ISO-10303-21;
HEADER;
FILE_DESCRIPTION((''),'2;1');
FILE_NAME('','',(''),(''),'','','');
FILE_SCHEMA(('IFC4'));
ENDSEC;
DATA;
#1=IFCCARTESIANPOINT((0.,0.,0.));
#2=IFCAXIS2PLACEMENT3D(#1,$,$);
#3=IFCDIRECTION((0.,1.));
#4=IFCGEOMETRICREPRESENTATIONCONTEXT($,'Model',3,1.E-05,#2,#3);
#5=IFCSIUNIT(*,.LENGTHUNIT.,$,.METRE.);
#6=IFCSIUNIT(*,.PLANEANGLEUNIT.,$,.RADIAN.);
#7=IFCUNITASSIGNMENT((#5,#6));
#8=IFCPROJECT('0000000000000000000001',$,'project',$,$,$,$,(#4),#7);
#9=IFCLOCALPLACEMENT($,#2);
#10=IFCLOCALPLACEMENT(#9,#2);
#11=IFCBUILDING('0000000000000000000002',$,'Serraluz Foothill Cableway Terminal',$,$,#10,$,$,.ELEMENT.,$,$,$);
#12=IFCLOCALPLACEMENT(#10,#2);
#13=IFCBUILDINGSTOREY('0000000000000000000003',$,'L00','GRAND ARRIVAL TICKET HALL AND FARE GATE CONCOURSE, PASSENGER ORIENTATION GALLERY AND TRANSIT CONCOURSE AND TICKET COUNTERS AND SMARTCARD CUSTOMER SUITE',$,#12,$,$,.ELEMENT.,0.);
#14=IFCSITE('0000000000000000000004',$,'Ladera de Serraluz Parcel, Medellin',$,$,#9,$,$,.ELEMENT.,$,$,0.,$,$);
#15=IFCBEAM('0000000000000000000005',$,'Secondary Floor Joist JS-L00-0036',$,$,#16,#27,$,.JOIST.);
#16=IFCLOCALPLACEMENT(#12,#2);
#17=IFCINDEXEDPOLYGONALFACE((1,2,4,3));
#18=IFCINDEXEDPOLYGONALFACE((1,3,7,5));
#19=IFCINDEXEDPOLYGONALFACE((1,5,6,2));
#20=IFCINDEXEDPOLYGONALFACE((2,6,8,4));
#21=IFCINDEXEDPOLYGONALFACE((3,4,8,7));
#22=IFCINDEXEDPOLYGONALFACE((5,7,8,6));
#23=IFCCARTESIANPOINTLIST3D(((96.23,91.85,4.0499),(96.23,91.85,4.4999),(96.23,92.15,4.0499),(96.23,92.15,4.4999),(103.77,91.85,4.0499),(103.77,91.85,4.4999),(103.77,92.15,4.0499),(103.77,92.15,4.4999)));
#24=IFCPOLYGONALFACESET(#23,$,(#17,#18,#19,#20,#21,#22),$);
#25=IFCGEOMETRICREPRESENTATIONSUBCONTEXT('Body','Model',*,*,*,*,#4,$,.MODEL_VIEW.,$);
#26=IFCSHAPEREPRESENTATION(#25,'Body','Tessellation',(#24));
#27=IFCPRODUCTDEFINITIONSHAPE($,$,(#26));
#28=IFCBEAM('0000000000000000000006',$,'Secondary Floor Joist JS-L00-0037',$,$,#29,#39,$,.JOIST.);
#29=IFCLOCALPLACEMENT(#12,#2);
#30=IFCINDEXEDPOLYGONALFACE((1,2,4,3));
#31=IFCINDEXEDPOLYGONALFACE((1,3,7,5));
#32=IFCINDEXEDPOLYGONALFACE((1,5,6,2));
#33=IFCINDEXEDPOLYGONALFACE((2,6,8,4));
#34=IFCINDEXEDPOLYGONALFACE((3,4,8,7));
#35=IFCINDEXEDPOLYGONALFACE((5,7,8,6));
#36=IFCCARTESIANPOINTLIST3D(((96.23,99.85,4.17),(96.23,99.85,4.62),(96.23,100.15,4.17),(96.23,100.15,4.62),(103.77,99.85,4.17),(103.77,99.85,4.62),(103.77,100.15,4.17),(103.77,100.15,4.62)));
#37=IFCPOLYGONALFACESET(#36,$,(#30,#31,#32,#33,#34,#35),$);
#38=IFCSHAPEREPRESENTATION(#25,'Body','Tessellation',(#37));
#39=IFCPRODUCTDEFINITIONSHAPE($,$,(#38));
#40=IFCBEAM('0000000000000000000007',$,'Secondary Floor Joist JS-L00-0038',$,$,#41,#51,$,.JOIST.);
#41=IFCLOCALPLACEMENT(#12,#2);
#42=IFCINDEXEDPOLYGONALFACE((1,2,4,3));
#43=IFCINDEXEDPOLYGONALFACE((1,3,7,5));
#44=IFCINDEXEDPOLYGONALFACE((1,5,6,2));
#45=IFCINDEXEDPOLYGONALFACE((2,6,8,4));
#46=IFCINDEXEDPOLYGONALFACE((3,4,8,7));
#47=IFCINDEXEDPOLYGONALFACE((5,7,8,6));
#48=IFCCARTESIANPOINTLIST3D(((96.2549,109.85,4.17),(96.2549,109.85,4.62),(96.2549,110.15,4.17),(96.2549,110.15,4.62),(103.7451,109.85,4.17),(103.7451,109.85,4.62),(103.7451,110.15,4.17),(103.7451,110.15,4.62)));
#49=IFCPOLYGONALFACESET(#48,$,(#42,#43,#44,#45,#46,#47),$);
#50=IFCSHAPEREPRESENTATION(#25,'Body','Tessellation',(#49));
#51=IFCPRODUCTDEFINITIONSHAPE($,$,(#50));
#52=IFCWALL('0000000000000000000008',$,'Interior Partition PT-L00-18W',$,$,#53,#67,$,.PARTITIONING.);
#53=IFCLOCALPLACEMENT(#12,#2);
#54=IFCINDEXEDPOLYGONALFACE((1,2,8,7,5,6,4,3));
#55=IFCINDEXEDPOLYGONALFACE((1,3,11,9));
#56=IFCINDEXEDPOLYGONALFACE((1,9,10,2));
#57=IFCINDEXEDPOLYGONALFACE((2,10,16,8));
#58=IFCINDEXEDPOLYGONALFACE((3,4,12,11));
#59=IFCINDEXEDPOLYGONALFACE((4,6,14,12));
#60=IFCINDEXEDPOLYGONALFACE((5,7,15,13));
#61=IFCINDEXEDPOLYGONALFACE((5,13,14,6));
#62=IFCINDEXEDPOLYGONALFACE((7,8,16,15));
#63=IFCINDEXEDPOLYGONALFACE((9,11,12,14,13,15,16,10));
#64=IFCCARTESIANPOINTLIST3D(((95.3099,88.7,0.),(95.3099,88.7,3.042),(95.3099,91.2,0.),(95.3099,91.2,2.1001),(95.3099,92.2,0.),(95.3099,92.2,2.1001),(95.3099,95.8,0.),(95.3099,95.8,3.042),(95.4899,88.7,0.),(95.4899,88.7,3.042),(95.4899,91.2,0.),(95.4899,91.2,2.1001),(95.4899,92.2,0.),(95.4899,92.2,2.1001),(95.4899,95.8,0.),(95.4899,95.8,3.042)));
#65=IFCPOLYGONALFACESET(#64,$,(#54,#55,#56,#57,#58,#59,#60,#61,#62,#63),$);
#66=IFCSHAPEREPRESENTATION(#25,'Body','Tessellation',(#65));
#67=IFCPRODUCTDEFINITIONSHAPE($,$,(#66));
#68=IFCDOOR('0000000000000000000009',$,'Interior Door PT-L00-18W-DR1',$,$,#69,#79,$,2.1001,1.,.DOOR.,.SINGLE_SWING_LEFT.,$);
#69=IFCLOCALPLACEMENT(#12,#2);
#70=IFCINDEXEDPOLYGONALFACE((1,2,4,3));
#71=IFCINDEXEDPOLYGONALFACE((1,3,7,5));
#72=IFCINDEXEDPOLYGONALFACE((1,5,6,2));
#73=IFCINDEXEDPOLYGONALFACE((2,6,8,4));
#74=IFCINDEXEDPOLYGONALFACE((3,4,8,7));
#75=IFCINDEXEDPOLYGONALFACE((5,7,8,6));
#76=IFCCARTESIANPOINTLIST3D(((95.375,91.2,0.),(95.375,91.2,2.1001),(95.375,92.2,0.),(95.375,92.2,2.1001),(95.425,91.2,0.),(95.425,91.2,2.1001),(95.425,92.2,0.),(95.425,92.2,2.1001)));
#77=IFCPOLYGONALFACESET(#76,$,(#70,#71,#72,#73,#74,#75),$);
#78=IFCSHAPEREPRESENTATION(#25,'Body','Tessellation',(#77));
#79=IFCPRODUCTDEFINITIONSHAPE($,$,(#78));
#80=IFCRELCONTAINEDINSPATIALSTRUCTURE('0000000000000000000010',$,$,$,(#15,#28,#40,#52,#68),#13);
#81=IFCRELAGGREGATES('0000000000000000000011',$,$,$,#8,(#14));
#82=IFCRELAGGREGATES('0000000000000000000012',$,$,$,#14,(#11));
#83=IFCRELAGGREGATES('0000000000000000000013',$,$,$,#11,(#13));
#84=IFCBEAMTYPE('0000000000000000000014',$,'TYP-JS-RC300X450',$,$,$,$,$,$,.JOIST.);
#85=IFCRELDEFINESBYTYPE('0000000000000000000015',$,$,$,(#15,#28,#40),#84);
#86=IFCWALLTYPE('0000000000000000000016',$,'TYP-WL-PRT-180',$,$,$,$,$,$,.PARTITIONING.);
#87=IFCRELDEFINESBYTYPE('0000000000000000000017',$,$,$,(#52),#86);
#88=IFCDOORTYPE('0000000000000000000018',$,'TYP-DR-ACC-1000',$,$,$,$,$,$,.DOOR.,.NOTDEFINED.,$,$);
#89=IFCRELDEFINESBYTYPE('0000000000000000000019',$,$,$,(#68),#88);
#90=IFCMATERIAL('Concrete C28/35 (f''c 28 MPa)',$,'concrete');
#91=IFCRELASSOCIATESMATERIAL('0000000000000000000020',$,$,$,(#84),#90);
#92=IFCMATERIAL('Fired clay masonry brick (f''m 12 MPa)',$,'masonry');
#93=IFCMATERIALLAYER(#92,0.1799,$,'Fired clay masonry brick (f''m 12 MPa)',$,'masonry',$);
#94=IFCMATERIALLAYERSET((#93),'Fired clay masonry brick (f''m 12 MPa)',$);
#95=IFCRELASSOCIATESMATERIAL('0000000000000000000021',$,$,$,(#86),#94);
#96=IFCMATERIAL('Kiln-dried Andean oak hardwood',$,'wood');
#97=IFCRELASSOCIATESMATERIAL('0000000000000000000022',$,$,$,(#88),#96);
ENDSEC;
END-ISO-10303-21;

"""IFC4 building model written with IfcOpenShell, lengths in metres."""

from ifc_helpers import new_model, si_unit, direction, frame, frame_2d, origin, origin_2d, place, context, subcontext, project, spatial, rectangle, extrude, material, layer, layer_set, material_profile, profile_set, type_object, element, fill, save


model = new_model("IFC4")

# Units and contexts
model_context = context("Model", 3, precision=1e-05, world=origin(), true_north=direction((0.0, 1.0)))
body_context = subcontext(model_context, "Body", "Model", "MODEL_VIEW")
ifc_project = project(units=[si_unit("LENGTHUNIT", "METRE"), si_unit("PLANEANGLEUNIT", "RADIAN")], contexts=[model_context])

# Site, building, storey
site_placement = place(None, origin())
site = spatial("IfcSite", under=ifc_project, at=site_placement, Name="Ladera de Serraluz Parcel, Medellin", CompositionType="ELEMENT", RefElevation=0.0)
building_placement = place(site_placement, origin())
building = spatial("IfcBuilding", under=site, at=building_placement, Name="Serraluz Foothill Cableway Terminal", CompositionType="ELEMENT")
storey_placement = place(building_placement, origin())
storey = spatial("IfcBuildingStorey", under=building, at=storey_placement, Name="L00", Description="GRAND ARRIVAL TICKET HALL AND FARE GATE CONCOURSE, PASSENGER ORIENTATION GALLERY AND TRANSIT CONCOURSE AND TICKET COUNTERS AND SMARTCARD CUSTOMER SUITE", CompositionType="ELEMENT", Elevation=0.0)

# Beams
ifc_material_1 = material(Name="Concrete C28/35 (f'c 28 MPa)", Category="concrete")
ifc_material_profile_1 = material_profile(ifc_material_1, rectangle(XDim=0.3, YDim=0.45, at=origin_2d()), Name="RC 300x450")
ifc_profile_set_1 = profile_set([ifc_material_profile_1], Name="Concrete C28/35 (f'c 28 MPa)")
beam_type_1 = type_object("IfcBeamType", Name="TYP-JS-RC300X450", PredefinedType="JOIST", material=ifc_profile_set_1)
for number, where, z_axis, x_axis, name in (
    (1, (96.23, 92.0, 4.2749), (1.0, 0.0, 0.0), (0.0, 1.0, 0.0), "Secondary Floor Joist JS-L00-0036"),
    (2, (96.23, 100.0, 4.395), (1.0, 0.0, 0.0), (0.0, 1.0, 0.0), "Secondary Floor Joist JS-L00-0037"),
):
    element("IfcBeam", number, at=place(storey_placement, frame(where, z_axis=z_axis, x_axis=x_axis)), inside=storey, type_object=beam_type_1, Name=name, PredefinedType="JOIST", context=body_context, shape_type="SweptSolid", body=[
        extrude(rectangle(XDim=0.3, YDim=0.45, at=origin_2d()), origin(), (0.0, 0.0, 1.0), 7.54),
    ])
beam_1_placement = place(storey_placement, frame((96.2549, 110.0, 4.395), z_axis=(1.0, 0.0, 0.0), x_axis=(0.0, 1.0, 0.0)))
element("IfcBeam", 3, at=beam_1_placement, inside=storey, type_object=beam_type_1, Name="Secondary Floor Joist JS-L00-0038", PredefinedType="JOIST", context=body_context, shape_type="SweptSolid", body=[
    extrude(rectangle(XDim=0.3, YDim=0.45, at=origin_2d()), origin(), (0.0, 0.0, 1.0), 7.4902),
])

# Wall, opening, door
ifc_material_2 = material(Name="Fired clay masonry brick (f'm 12 MPa)", Category="masonry")
ifc_layer_1 = layer(ifc_material_2, 0.1799, Name="Fired clay masonry brick (f'm 12 MPa)", Category="masonry")
ifc_layer_set_1 = layer_set([ifc_layer_1], Name="Fired clay masonry brick (f'm 12 MPa)")
wall_type_1 = type_object("IfcWallType", Name="TYP-WL-PRT-180", PredefinedType="PARTITIONING", material=ifc_layer_set_1)
wall_1_placement = place(storey_placement, frame((95.3999, 88.7, 0.0), z_axis=(0.0, 0.0, 1.0), x_axis=(0.0, 1.0, 0.0)))
wall_1 = element("IfcWall", 4, at=wall_1_placement, inside=storey, type_object=wall_type_1, Name="Interior Partition PT-L00-18W", PredefinedType="PARTITIONING", context=body_context, shape_type="SweptSolid", body=[
    extrude(rectangle(XDim=7.1001, YDim=0.1799, at=frame_2d((3.55, 0.0))), origin(), (0.0, 0.0, 1.0), 3.042),
])
opening_1_placement = place(wall_1_placement, frame((2.5, 0.0, 0.0)))
opening_1 = element("IfcOpeningElement", 5, at=opening_1_placement, cuts=wall_1, PredefinedType="OPENING", context=body_context, shape_type="SweptSolid", body=[
    extrude(rectangle(XDim=1.0, YDim=2.1001, at=frame_2d((0.5, 1.05))), frame((0.0, 0.1001, 0.0), z_axis=(0.0, -1.0, 0.0), x_axis=(1.0, 0.0, 0.0)), (0.0, 0.0, 1.0), 0.2),
])
ifc_material_3 = material(Name="Kiln-dried Andean oak hardwood", Category="wood")
door_type_1 = type_object("IfcDoorType", Name="TYP-DR-ACC-1000", OperationType="NOTDEFINED", PredefinedType="DOOR", material=ifc_material_3)
door_1_placement = place(opening_1_placement, origin())
door_1 = element("IfcDoor", 6, at=door_1_placement, inside=storey, type_object=door_type_1, Name="Interior Door PT-L00-18W-DR1", OperationType="SINGLE_SWING_LEFT", OverallHeight=2.1001, OverallWidth=1.0, PredefinedType="DOOR", context=body_context, shape_type="SweptSolid", body=[
    extrude(rectangle(XDim=1.0, YDim=2.1001, at=frame_2d((0.5, 1.05))), frame((0.0, 0.0249, 0.0), z_axis=(0.0, -1.0, 0.0), x_axis=(1.0, 0.0, 0.0)), (0.0, 0.0, 1.0), 0.05),
])
fill(opening_1, door_1)

save(model, "model.ifc")
